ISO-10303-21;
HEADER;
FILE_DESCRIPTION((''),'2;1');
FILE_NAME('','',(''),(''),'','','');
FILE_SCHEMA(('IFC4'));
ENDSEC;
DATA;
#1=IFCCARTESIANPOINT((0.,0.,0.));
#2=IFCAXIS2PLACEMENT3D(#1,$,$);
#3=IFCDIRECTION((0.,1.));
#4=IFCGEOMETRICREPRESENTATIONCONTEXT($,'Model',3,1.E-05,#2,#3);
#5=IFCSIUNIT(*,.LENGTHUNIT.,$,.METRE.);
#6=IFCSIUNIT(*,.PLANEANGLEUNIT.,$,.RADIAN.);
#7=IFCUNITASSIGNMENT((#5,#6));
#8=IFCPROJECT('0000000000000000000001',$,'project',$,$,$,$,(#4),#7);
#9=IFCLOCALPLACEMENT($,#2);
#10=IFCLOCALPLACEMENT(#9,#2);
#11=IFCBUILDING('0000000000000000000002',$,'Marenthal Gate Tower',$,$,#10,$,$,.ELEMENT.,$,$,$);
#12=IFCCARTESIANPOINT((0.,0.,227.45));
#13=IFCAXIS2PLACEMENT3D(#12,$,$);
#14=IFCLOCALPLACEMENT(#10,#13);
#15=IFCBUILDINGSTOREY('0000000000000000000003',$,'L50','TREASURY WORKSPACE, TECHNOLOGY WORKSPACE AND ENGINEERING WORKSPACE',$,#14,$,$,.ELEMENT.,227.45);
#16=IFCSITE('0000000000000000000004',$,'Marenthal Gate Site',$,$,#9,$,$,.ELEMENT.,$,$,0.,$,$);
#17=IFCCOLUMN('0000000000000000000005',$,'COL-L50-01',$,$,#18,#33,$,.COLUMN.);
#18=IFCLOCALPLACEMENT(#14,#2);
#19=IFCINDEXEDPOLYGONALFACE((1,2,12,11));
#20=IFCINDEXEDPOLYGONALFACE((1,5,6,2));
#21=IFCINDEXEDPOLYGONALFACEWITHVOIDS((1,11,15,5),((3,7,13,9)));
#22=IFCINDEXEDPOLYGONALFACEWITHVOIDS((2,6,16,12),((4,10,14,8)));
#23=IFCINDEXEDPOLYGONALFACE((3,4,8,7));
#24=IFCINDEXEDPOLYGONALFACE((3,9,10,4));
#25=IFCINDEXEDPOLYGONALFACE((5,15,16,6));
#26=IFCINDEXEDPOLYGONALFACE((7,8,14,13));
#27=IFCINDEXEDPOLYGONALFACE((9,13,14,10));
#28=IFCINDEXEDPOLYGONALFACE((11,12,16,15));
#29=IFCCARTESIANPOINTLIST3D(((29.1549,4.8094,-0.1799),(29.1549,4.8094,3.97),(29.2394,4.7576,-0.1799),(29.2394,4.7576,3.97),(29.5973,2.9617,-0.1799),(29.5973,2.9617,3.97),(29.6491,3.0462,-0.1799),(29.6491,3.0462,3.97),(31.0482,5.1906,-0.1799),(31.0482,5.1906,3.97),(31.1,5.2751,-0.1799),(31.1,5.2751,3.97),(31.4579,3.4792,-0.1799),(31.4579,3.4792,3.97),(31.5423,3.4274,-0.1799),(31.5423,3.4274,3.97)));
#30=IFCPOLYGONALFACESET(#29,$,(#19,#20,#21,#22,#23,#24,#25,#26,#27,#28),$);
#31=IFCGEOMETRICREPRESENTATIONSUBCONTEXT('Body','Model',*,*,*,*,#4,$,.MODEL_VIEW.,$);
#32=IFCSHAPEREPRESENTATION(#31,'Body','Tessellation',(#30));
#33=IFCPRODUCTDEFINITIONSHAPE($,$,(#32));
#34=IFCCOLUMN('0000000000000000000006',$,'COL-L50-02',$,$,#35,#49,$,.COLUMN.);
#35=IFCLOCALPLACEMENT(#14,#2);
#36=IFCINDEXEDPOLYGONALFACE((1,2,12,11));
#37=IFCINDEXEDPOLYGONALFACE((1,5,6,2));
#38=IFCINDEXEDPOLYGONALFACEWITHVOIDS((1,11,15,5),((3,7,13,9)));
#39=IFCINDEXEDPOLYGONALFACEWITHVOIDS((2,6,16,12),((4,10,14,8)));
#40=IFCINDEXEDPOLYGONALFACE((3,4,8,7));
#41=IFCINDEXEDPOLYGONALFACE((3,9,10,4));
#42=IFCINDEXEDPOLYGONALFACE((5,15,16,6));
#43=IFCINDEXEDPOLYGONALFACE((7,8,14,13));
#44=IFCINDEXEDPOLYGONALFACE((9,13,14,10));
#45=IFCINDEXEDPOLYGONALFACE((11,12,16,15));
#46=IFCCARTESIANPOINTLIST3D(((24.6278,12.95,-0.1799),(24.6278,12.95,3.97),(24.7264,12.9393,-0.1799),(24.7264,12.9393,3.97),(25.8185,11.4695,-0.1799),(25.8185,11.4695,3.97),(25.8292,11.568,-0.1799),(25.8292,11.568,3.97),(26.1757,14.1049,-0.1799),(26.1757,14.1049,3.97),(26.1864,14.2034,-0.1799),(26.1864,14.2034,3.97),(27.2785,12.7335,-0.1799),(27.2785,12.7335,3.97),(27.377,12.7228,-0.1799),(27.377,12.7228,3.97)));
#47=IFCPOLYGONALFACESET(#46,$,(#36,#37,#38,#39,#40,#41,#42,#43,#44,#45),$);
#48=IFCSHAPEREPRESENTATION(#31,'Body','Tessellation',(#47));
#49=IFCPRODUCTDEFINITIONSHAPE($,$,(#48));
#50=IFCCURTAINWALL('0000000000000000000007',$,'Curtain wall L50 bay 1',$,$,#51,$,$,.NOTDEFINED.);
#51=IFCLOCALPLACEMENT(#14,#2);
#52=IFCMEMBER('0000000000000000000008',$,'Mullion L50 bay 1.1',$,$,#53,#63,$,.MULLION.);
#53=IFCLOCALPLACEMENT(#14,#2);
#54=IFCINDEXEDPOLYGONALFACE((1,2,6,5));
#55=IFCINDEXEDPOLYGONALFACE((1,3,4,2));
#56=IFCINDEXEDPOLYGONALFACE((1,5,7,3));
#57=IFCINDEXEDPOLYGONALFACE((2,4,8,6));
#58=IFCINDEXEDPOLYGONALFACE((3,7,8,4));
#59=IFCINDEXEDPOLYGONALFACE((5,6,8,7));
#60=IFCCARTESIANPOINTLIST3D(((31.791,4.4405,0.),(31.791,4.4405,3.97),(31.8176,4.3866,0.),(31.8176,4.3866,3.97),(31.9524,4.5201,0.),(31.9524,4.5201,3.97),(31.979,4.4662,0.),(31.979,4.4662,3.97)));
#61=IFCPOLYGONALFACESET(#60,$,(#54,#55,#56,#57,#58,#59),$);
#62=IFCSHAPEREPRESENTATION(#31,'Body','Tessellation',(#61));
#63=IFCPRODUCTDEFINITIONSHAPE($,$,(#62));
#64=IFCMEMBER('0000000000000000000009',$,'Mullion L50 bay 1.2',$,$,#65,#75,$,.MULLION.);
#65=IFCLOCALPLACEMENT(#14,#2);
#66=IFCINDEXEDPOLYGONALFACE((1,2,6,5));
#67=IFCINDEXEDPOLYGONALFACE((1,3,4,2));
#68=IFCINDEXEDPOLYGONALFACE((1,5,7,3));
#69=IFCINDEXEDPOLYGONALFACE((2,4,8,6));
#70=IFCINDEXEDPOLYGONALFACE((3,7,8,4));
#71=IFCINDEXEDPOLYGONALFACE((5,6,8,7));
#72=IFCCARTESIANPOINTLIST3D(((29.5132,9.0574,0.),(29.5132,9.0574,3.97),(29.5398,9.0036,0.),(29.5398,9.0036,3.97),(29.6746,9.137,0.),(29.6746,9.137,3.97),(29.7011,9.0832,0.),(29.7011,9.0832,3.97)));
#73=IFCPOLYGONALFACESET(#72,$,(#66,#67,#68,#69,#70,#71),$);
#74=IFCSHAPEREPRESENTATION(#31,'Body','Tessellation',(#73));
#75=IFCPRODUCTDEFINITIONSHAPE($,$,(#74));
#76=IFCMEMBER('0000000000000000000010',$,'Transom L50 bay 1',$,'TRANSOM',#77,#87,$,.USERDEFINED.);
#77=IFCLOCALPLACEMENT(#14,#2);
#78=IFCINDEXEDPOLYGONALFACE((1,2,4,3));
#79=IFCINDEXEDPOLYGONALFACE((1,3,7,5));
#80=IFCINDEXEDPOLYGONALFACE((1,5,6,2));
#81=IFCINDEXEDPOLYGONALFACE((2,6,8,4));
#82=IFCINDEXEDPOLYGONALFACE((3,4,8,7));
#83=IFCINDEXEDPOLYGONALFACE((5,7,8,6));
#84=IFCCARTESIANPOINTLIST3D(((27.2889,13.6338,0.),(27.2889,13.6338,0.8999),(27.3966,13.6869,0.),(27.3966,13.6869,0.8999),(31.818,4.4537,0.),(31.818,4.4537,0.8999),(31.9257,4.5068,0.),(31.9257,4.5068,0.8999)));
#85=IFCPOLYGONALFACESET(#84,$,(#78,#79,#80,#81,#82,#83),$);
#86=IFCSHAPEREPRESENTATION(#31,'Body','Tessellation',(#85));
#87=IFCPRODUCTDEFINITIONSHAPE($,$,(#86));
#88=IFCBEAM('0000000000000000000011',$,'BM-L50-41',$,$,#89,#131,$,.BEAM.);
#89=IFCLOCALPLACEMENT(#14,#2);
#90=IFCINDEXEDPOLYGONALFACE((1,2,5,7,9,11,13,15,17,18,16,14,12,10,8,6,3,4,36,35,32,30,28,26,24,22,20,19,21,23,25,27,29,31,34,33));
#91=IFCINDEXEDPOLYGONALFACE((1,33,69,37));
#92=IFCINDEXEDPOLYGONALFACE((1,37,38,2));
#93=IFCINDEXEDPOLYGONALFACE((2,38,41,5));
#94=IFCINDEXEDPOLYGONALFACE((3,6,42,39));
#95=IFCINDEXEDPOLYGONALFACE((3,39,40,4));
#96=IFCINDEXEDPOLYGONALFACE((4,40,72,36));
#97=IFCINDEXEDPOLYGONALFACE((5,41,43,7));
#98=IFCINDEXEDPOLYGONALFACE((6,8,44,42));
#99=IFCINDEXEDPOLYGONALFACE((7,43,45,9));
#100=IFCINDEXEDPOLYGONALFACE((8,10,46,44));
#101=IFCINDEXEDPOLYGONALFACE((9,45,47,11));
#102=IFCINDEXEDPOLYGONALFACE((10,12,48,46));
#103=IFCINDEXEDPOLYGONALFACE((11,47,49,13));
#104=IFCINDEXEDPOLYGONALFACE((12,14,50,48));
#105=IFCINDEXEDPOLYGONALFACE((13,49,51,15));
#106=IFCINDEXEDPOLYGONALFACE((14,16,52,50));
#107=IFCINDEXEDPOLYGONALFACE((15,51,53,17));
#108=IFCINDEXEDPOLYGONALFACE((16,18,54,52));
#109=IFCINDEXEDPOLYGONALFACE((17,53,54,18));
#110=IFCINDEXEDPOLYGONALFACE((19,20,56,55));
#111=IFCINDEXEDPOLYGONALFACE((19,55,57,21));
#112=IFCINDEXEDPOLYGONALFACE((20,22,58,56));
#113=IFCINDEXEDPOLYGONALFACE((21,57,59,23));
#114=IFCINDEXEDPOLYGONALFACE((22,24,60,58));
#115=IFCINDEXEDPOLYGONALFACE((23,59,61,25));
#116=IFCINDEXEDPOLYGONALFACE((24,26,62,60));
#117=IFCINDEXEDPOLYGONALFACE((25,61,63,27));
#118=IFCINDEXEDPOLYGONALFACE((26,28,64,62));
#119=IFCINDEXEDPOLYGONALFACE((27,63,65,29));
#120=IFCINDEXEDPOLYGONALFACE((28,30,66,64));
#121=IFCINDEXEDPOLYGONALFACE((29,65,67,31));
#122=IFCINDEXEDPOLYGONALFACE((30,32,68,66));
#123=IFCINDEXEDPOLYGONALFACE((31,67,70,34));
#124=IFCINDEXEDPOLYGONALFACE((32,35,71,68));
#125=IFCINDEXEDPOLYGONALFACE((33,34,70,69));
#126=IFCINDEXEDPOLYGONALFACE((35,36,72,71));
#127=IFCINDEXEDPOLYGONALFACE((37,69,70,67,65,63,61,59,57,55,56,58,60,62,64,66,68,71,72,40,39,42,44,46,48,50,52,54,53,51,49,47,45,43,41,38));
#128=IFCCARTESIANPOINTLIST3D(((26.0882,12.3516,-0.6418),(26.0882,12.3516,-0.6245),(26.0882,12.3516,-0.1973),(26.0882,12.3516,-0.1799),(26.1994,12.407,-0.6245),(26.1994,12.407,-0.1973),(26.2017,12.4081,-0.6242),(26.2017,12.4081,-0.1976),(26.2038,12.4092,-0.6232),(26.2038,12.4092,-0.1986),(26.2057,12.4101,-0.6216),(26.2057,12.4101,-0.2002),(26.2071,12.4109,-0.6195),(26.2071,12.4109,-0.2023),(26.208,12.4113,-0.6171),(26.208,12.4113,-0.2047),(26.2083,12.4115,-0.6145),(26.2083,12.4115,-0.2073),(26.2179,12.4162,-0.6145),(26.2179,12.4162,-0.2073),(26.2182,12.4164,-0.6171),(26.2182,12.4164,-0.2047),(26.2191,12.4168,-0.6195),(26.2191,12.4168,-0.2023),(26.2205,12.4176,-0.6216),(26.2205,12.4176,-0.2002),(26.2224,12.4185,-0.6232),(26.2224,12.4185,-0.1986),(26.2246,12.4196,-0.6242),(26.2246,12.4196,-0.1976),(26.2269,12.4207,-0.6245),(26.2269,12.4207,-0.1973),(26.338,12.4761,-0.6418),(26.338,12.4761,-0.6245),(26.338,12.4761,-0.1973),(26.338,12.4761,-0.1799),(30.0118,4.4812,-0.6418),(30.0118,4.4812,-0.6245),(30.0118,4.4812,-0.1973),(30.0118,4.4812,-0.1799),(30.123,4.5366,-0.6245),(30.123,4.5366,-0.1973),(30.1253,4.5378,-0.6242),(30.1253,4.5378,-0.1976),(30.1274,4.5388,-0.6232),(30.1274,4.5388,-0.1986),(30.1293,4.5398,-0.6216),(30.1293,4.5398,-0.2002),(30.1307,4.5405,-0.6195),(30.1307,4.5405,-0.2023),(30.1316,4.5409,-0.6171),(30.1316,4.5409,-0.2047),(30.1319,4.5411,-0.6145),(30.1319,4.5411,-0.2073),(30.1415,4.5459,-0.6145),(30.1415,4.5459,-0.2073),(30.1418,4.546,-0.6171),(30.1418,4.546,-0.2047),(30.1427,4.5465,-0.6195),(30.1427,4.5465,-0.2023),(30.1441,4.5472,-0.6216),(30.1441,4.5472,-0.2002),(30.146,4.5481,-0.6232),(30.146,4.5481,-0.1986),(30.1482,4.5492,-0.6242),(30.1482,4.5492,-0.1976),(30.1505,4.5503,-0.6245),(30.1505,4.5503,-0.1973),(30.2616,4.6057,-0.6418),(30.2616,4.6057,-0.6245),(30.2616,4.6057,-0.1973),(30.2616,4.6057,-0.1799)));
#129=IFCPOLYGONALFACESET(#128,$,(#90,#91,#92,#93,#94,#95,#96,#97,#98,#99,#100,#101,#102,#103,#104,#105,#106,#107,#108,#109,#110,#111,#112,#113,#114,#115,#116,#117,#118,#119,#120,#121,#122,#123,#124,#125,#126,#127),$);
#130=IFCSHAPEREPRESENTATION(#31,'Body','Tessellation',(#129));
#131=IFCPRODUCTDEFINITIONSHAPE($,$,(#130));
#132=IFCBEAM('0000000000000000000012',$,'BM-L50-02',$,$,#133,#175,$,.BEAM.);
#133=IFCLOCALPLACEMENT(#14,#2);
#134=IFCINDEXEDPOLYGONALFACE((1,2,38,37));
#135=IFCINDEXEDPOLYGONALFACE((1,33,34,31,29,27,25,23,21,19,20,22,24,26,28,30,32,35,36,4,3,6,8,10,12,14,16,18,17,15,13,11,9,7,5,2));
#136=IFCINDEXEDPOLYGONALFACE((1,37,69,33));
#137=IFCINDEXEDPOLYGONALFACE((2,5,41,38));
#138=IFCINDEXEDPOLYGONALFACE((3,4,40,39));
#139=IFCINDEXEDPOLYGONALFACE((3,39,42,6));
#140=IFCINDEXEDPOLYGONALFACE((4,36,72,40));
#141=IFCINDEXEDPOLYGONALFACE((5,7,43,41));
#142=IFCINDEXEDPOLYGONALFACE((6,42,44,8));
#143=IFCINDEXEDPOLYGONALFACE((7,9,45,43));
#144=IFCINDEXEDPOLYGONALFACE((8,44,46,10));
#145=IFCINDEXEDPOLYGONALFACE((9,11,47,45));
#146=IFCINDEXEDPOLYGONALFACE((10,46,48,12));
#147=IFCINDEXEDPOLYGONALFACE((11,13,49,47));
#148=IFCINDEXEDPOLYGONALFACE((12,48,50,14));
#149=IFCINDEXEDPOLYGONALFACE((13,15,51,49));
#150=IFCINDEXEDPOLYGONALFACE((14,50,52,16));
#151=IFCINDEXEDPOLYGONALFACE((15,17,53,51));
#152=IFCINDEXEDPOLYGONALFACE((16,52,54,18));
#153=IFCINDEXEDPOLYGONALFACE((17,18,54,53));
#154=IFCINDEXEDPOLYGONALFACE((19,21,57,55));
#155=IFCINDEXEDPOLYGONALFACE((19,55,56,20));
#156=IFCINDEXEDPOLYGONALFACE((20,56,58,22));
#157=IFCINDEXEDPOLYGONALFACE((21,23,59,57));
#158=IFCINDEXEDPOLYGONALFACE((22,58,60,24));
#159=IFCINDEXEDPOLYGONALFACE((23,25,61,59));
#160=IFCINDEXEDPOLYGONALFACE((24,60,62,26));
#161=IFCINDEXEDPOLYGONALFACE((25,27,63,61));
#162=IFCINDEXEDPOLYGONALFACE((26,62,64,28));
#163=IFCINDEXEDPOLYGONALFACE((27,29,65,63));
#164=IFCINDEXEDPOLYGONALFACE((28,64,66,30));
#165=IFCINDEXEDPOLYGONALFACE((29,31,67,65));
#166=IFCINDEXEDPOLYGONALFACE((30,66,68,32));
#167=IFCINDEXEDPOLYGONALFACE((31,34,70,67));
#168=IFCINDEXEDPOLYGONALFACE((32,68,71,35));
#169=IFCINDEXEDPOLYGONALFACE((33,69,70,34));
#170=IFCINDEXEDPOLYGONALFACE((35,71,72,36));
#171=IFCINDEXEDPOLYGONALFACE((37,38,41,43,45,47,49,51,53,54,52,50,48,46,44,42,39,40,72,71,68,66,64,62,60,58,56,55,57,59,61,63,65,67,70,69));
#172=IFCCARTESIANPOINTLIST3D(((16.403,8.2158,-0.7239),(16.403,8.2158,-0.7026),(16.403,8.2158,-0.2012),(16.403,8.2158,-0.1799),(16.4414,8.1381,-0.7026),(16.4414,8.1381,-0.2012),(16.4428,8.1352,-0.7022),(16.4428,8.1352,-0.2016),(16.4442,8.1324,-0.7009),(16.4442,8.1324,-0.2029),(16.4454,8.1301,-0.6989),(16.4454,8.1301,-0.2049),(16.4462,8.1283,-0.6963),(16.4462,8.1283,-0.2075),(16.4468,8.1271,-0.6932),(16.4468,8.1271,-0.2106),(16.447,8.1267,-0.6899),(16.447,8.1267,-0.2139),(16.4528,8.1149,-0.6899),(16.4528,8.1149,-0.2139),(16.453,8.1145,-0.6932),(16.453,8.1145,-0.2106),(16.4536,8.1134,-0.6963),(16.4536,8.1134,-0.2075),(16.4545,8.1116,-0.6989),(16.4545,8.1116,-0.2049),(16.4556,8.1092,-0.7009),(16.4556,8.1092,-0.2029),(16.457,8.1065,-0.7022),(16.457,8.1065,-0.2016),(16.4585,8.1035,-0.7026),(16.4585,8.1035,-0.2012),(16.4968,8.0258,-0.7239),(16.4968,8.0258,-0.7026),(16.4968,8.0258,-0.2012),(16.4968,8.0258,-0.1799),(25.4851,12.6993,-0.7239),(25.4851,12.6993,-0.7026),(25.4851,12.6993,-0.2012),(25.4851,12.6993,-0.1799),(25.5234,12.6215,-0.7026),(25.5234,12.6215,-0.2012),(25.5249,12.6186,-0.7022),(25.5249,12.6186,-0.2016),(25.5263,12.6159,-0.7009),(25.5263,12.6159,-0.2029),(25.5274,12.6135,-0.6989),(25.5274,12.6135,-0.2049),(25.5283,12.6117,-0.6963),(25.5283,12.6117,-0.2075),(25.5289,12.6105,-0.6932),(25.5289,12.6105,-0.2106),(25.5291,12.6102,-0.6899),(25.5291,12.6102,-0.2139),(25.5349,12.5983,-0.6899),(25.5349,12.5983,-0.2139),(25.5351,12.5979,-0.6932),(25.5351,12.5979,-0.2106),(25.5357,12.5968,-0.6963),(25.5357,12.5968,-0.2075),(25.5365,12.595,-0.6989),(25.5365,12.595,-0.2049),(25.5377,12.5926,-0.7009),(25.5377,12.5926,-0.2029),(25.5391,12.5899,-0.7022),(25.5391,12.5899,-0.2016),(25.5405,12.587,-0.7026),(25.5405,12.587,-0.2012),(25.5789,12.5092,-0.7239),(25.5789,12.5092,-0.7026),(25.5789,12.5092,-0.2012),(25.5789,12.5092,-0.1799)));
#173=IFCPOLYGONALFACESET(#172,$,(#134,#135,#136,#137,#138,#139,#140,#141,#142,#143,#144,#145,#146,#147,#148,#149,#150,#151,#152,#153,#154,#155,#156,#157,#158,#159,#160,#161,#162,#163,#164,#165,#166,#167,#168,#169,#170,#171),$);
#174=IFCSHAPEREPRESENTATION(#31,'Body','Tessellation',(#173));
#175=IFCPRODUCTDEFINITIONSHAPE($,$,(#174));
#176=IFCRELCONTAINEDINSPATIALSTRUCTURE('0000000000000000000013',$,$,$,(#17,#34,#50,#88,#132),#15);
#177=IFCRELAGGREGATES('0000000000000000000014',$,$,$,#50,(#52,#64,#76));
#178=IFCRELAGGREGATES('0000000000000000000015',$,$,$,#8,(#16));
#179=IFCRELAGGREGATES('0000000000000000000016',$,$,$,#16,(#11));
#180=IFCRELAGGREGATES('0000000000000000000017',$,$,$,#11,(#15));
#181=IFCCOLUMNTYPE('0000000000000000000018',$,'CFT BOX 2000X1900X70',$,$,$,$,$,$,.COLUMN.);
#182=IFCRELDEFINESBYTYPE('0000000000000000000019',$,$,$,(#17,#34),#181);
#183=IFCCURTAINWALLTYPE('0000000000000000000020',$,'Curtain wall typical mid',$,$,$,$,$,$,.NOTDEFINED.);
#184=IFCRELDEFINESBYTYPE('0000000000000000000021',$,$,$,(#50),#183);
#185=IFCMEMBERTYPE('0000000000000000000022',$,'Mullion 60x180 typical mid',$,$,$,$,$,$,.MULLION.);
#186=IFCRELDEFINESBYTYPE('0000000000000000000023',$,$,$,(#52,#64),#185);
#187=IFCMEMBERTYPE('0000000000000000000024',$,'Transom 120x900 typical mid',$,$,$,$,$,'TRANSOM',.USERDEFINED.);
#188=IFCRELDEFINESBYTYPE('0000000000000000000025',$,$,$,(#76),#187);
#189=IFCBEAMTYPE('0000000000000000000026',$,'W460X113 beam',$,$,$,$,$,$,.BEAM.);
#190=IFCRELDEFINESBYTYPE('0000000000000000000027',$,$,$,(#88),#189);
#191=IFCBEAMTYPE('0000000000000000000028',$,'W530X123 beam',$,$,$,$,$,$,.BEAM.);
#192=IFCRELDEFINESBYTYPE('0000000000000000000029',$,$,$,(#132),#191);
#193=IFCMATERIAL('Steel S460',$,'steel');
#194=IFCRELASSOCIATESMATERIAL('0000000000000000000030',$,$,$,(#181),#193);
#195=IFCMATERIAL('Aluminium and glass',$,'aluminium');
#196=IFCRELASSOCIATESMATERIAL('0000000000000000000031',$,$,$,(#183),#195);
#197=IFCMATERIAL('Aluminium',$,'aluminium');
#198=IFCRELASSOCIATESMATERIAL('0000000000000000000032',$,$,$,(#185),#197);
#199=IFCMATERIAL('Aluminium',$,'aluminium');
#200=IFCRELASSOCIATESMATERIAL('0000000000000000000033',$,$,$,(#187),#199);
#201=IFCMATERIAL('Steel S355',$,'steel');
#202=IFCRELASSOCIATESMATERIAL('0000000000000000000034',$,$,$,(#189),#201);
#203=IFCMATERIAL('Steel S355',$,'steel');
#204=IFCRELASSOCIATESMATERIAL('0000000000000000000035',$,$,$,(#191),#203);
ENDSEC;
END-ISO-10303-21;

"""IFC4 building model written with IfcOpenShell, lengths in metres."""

from ifc_helpers import new_model, si_unit, direction, frame, origin, origin_2d, place, context, subcontext, project, spatial, rectangle, hollow_rectangle, i_section, extrude, material, material_profile, profile_set, type_object, element, aggregate, save


model = new_model("IFC4")

# Units and contexts
model_context = context("Model", 3, precision=1e-05, world=origin(), true_north=direction((0.0, 1.0)))
body_context = subcontext(model_context, "Body", "Model", "MODEL_VIEW")
ifc_project = project(units=[si_unit("LENGTHUNIT", "METRE"), si_unit("PLANEANGLEUNIT", "RADIAN")], contexts=[model_context])

# Site, building, storey
site_placement = place(None, origin())
site = spatial("IfcSite", under=ifc_project, at=site_placement, Name="Marenthal Gate Site", CompositionType="ELEMENT", RefElevation=0.0)
building_placement = place(site_placement, origin())
building = spatial("IfcBuilding", under=site, at=building_placement, Name="Marenthal Gate Tower", CompositionType="ELEMENT")
storey_placement = place(building_placement, frame((0.0, 0.0, 227.45)))
storey = spatial("IfcBuildingStorey", under=building, at=storey_placement, Name="L50", Description="TREASURY WORKSPACE, TECHNOLOGY WORKSPACE AND ENGINEERING WORKSPACE", CompositionType="ELEMENT", Elevation=227.45)

# Columns
ifc_material_1 = material(Name="Steel S460", Category="steel")
ifc_material_profile_1 = material_profile(ifc_material_1, hollow_rectangle(XDim=1.8999, YDim=2.0, WallThickness=0.0701, at=origin_2d()), Name="CFT BOX 2000X1900X70")
ifc_material_2 = material(Name="Concrete 70 MPa", Category="concrete")
ifc_material_profile_2 = material_profile(ifc_material_2, rectangle(XDim=1.76, YDim=1.8601, at=origin_2d()), Name="CFT BOX 2000X1900X70 INFILL")
ifc_profile_set_1 = profile_set([ifc_material_profile_1, ifc_material_profile_2], Name="Steel S460 shell, Concrete 70 MPa infill")
column_type = type_object("IfcColumnType", Name="CFT BOX 2000X1900X70", PredefinedType="COLUMN", material=ifc_profile_set_1)
for number, where, z_axis, x_axis, name in (
    (1, (30.3486, 4.1184, -0.1799), (0.0, 0.0, 1.0), (0.232822, -0.972519, 0.0), "COL-L50-01"),
    (2, (26.0024, 12.8364, -0.1799), (0.0, 0.0, 1.0), (0.626684, -0.779273, 0.0), "COL-L50-02"),
):
    element("IfcColumn", number, at=place(storey_placement, frame(where, z_axis=z_axis, x_axis=x_axis)), inside=storey, type_object=column_type, Name=name, PredefinedType="COLUMN", context=body_context, shape_type="SweptSolid", body=[
        extrude(hollow_rectangle(XDim=1.8999, YDim=2.0, WallThickness=0.0701, at=origin_2d()), origin(), (0.0, 0.0, 1.0), 4.1499),
    ])

# Curtain wall, members
ifc_material_3 = material(Name="Aluminium and glass", Category="aluminium")
curtain_wall_type = type_object("IfcCurtainWallType", Name="Curtain wall typical mid", PredefinedType="NOTDEFINED", material=ifc_material_3)
curtain_wall_placement = place(storey_placement, origin())
curtain_wall = element("IfcCurtainWall", 3, at=curtain_wall_placement, inside=storey, type_object=curtain_wall_type, Name="Curtain wall L50 bay 1", PredefinedType="NOTDEFINED")
ifc_material_4 = material(Name="Aluminium", Category="aluminium")
ifc_material_profile_3 = material_profile(ifc_material_4, rectangle(XDim=0.1799, YDim=0.0601, at=origin_2d()), Name="60x180 aluminium mullion")
ifc_profile_set_2 = profile_set([ifc_material_profile_3], Name="Aluminium")
member_type_1 = type_object("IfcMemberType", Name="Mullion 60x180 typical mid", PredefinedType="MULLION", material=ifc_profile_set_2)
member_1_placement = place(storey_placement, frame((31.885, 4.4534, 0.0), z_axis=(0.0, 0.0, 1.0), x_axis=(-0.896798, -0.442441, 0.0)))
member_1 = element("IfcMember", 4, at=member_1_placement, type_object=member_type_1, Name="Mullion L50 bay 1.1", PredefinedType="MULLION", context=body_context, shape_type="SweptSolid", body=[
    extrude(rectangle(XDim=0.1799, YDim=0.0601, at=origin_2d()), origin(), (0.0, 0.0, 1.0), 3.97),
])
member_2_placement = place(storey_placement, frame((29.6072, 9.0703, 0.0), z_axis=(0.0, 0.0, 1.0), x_axis=(-0.896798, -0.442441, 0.0)))
member_2 = element("IfcMember", 5, at=member_2_placement, type_object=member_type_1, Name="Mullion L50 bay 1.2", PredefinedType="MULLION", context=body_context, shape_type="SweptSolid", body=[
    extrude(rectangle(XDim=0.1799, YDim=0.0601, at=origin_2d()), origin(), (0.0, 0.0, 1.0), 3.97),
])
ifc_material_5 = material(Name="Aluminium", Category="aluminium")
ifc_material_profile_4 = material_profile(ifc_material_5, rectangle(XDim=0.1201, YDim=0.8999, at=origin_2d()), Name="120x900 aluminium transom")
ifc_profile_set_3 = profile_set([ifc_material_profile_4], Name="Aluminium")
member_type_2 = type_object("IfcMemberType", Name="Transom 120x900 typical mid", ElementType="TRANSOM", PredefinedType="USERDEFINED", material=ifc_profile_set_3)
member_3_placement = place(storey_placement, frame((31.8718, 4.4802, 0.45), z_axis=(-0.442437, 0.896799, 0.0), x_axis=(-0.896799, -0.442437, 0.0)))
member_3 = element("IfcMember", 6, at=member_3_placement, type_object=member_type_2, Name="Transom L50 bay 1", ObjectType="TRANSOM", PredefinedType="USERDEFINED", context=body_context, shape_type="SweptSolid", body=[
    extrude(rectangle(XDim=0.1201, YDim=0.8999, at=origin_2d()), origin(), (0.0, 0.0, 1.0), 10.2366),
])

# Beams
ifc_material_6 = material(Name="Steel S355", Category="steel")
ifc_material_profile_5 = material_profile(ifc_material_6, i_section(OverallWidth=0.2791, OverallDepth=0.4619, WebThickness=0.0107, FlangeThickness=0.0173, FilletRadius=0.01, at=origin_2d()), Name="W460X113")
ifc_profile_set_4 = profile_set([ifc_material_profile_5], Name="Steel S355")
beam_type_1 = type_object("IfcBeamType", Name="W460X113 beam", PredefinedType="BEAM", material=ifc_profile_set_4)
beam_1_placement = place(storey_placement, frame((30.1367, 4.5435, -0.4109), z_axis=(-0.446158, 0.894954, 0.0), x_axis=(-0.894954, -0.446158, 0.0)))
element("IfcBeam", 7, at=beam_1_placement, inside=storey, type_object=beam_type_1, Name="BM-L50-41", PredefinedType="BEAM", context=body_context, shape_type="SweptSolid", body=[
    extrude(i_section(OverallWidth=0.2791, OverallDepth=0.4619, WebThickness=0.0107, FlangeThickness=0.0173, FilletRadius=0.01, at=origin_2d()), origin(), (0.0, 0.0, 1.0), 8.7942),
])
ifc_material_7 = material(Name="Steel S355", Category="steel")
ifc_material_profile_6 = material_profile(ifc_material_7, i_section(OverallWidth=0.2119, OverallDepth=0.5439, WebThickness=0.0132, FlangeThickness=0.0212, FilletRadius=0.0127, at=origin_2d()), Name="W530X123")
ifc_profile_set_5 = profile_set([ifc_material_profile_6], Name="Steel S355")
beam_type_2 = type_object("IfcBeamType", Name="W530X123 beam", PredefinedType="BEAM", material=ifc_profile_set_5)
beam_2_placement = place(storey_placement, frame((25.532, 12.6042, -0.4519), z_axis=(-0.896691, -0.442657, 0.0), x_axis=(0.442657, -0.896691, 0.0)))
element("IfcBeam", 8, at=beam_2_placement, inside=storey, type_object=beam_type_2, Name="BM-L50-02", PredefinedType="BEAM", context=body_context, shape_type="SweptSolid", body=[
    extrude(i_section(OverallWidth=0.2119, OverallDepth=0.5439, WebThickness=0.0132, FlangeThickness=0.0212, FilletRadius=0.0127, at=origin_2d()), origin(), (0.0, 0.0, 1.0), 10.1284),
])

aggregate(curtain_wall, [member_1, member_2, member_3])

save(model, "model.ifc")
